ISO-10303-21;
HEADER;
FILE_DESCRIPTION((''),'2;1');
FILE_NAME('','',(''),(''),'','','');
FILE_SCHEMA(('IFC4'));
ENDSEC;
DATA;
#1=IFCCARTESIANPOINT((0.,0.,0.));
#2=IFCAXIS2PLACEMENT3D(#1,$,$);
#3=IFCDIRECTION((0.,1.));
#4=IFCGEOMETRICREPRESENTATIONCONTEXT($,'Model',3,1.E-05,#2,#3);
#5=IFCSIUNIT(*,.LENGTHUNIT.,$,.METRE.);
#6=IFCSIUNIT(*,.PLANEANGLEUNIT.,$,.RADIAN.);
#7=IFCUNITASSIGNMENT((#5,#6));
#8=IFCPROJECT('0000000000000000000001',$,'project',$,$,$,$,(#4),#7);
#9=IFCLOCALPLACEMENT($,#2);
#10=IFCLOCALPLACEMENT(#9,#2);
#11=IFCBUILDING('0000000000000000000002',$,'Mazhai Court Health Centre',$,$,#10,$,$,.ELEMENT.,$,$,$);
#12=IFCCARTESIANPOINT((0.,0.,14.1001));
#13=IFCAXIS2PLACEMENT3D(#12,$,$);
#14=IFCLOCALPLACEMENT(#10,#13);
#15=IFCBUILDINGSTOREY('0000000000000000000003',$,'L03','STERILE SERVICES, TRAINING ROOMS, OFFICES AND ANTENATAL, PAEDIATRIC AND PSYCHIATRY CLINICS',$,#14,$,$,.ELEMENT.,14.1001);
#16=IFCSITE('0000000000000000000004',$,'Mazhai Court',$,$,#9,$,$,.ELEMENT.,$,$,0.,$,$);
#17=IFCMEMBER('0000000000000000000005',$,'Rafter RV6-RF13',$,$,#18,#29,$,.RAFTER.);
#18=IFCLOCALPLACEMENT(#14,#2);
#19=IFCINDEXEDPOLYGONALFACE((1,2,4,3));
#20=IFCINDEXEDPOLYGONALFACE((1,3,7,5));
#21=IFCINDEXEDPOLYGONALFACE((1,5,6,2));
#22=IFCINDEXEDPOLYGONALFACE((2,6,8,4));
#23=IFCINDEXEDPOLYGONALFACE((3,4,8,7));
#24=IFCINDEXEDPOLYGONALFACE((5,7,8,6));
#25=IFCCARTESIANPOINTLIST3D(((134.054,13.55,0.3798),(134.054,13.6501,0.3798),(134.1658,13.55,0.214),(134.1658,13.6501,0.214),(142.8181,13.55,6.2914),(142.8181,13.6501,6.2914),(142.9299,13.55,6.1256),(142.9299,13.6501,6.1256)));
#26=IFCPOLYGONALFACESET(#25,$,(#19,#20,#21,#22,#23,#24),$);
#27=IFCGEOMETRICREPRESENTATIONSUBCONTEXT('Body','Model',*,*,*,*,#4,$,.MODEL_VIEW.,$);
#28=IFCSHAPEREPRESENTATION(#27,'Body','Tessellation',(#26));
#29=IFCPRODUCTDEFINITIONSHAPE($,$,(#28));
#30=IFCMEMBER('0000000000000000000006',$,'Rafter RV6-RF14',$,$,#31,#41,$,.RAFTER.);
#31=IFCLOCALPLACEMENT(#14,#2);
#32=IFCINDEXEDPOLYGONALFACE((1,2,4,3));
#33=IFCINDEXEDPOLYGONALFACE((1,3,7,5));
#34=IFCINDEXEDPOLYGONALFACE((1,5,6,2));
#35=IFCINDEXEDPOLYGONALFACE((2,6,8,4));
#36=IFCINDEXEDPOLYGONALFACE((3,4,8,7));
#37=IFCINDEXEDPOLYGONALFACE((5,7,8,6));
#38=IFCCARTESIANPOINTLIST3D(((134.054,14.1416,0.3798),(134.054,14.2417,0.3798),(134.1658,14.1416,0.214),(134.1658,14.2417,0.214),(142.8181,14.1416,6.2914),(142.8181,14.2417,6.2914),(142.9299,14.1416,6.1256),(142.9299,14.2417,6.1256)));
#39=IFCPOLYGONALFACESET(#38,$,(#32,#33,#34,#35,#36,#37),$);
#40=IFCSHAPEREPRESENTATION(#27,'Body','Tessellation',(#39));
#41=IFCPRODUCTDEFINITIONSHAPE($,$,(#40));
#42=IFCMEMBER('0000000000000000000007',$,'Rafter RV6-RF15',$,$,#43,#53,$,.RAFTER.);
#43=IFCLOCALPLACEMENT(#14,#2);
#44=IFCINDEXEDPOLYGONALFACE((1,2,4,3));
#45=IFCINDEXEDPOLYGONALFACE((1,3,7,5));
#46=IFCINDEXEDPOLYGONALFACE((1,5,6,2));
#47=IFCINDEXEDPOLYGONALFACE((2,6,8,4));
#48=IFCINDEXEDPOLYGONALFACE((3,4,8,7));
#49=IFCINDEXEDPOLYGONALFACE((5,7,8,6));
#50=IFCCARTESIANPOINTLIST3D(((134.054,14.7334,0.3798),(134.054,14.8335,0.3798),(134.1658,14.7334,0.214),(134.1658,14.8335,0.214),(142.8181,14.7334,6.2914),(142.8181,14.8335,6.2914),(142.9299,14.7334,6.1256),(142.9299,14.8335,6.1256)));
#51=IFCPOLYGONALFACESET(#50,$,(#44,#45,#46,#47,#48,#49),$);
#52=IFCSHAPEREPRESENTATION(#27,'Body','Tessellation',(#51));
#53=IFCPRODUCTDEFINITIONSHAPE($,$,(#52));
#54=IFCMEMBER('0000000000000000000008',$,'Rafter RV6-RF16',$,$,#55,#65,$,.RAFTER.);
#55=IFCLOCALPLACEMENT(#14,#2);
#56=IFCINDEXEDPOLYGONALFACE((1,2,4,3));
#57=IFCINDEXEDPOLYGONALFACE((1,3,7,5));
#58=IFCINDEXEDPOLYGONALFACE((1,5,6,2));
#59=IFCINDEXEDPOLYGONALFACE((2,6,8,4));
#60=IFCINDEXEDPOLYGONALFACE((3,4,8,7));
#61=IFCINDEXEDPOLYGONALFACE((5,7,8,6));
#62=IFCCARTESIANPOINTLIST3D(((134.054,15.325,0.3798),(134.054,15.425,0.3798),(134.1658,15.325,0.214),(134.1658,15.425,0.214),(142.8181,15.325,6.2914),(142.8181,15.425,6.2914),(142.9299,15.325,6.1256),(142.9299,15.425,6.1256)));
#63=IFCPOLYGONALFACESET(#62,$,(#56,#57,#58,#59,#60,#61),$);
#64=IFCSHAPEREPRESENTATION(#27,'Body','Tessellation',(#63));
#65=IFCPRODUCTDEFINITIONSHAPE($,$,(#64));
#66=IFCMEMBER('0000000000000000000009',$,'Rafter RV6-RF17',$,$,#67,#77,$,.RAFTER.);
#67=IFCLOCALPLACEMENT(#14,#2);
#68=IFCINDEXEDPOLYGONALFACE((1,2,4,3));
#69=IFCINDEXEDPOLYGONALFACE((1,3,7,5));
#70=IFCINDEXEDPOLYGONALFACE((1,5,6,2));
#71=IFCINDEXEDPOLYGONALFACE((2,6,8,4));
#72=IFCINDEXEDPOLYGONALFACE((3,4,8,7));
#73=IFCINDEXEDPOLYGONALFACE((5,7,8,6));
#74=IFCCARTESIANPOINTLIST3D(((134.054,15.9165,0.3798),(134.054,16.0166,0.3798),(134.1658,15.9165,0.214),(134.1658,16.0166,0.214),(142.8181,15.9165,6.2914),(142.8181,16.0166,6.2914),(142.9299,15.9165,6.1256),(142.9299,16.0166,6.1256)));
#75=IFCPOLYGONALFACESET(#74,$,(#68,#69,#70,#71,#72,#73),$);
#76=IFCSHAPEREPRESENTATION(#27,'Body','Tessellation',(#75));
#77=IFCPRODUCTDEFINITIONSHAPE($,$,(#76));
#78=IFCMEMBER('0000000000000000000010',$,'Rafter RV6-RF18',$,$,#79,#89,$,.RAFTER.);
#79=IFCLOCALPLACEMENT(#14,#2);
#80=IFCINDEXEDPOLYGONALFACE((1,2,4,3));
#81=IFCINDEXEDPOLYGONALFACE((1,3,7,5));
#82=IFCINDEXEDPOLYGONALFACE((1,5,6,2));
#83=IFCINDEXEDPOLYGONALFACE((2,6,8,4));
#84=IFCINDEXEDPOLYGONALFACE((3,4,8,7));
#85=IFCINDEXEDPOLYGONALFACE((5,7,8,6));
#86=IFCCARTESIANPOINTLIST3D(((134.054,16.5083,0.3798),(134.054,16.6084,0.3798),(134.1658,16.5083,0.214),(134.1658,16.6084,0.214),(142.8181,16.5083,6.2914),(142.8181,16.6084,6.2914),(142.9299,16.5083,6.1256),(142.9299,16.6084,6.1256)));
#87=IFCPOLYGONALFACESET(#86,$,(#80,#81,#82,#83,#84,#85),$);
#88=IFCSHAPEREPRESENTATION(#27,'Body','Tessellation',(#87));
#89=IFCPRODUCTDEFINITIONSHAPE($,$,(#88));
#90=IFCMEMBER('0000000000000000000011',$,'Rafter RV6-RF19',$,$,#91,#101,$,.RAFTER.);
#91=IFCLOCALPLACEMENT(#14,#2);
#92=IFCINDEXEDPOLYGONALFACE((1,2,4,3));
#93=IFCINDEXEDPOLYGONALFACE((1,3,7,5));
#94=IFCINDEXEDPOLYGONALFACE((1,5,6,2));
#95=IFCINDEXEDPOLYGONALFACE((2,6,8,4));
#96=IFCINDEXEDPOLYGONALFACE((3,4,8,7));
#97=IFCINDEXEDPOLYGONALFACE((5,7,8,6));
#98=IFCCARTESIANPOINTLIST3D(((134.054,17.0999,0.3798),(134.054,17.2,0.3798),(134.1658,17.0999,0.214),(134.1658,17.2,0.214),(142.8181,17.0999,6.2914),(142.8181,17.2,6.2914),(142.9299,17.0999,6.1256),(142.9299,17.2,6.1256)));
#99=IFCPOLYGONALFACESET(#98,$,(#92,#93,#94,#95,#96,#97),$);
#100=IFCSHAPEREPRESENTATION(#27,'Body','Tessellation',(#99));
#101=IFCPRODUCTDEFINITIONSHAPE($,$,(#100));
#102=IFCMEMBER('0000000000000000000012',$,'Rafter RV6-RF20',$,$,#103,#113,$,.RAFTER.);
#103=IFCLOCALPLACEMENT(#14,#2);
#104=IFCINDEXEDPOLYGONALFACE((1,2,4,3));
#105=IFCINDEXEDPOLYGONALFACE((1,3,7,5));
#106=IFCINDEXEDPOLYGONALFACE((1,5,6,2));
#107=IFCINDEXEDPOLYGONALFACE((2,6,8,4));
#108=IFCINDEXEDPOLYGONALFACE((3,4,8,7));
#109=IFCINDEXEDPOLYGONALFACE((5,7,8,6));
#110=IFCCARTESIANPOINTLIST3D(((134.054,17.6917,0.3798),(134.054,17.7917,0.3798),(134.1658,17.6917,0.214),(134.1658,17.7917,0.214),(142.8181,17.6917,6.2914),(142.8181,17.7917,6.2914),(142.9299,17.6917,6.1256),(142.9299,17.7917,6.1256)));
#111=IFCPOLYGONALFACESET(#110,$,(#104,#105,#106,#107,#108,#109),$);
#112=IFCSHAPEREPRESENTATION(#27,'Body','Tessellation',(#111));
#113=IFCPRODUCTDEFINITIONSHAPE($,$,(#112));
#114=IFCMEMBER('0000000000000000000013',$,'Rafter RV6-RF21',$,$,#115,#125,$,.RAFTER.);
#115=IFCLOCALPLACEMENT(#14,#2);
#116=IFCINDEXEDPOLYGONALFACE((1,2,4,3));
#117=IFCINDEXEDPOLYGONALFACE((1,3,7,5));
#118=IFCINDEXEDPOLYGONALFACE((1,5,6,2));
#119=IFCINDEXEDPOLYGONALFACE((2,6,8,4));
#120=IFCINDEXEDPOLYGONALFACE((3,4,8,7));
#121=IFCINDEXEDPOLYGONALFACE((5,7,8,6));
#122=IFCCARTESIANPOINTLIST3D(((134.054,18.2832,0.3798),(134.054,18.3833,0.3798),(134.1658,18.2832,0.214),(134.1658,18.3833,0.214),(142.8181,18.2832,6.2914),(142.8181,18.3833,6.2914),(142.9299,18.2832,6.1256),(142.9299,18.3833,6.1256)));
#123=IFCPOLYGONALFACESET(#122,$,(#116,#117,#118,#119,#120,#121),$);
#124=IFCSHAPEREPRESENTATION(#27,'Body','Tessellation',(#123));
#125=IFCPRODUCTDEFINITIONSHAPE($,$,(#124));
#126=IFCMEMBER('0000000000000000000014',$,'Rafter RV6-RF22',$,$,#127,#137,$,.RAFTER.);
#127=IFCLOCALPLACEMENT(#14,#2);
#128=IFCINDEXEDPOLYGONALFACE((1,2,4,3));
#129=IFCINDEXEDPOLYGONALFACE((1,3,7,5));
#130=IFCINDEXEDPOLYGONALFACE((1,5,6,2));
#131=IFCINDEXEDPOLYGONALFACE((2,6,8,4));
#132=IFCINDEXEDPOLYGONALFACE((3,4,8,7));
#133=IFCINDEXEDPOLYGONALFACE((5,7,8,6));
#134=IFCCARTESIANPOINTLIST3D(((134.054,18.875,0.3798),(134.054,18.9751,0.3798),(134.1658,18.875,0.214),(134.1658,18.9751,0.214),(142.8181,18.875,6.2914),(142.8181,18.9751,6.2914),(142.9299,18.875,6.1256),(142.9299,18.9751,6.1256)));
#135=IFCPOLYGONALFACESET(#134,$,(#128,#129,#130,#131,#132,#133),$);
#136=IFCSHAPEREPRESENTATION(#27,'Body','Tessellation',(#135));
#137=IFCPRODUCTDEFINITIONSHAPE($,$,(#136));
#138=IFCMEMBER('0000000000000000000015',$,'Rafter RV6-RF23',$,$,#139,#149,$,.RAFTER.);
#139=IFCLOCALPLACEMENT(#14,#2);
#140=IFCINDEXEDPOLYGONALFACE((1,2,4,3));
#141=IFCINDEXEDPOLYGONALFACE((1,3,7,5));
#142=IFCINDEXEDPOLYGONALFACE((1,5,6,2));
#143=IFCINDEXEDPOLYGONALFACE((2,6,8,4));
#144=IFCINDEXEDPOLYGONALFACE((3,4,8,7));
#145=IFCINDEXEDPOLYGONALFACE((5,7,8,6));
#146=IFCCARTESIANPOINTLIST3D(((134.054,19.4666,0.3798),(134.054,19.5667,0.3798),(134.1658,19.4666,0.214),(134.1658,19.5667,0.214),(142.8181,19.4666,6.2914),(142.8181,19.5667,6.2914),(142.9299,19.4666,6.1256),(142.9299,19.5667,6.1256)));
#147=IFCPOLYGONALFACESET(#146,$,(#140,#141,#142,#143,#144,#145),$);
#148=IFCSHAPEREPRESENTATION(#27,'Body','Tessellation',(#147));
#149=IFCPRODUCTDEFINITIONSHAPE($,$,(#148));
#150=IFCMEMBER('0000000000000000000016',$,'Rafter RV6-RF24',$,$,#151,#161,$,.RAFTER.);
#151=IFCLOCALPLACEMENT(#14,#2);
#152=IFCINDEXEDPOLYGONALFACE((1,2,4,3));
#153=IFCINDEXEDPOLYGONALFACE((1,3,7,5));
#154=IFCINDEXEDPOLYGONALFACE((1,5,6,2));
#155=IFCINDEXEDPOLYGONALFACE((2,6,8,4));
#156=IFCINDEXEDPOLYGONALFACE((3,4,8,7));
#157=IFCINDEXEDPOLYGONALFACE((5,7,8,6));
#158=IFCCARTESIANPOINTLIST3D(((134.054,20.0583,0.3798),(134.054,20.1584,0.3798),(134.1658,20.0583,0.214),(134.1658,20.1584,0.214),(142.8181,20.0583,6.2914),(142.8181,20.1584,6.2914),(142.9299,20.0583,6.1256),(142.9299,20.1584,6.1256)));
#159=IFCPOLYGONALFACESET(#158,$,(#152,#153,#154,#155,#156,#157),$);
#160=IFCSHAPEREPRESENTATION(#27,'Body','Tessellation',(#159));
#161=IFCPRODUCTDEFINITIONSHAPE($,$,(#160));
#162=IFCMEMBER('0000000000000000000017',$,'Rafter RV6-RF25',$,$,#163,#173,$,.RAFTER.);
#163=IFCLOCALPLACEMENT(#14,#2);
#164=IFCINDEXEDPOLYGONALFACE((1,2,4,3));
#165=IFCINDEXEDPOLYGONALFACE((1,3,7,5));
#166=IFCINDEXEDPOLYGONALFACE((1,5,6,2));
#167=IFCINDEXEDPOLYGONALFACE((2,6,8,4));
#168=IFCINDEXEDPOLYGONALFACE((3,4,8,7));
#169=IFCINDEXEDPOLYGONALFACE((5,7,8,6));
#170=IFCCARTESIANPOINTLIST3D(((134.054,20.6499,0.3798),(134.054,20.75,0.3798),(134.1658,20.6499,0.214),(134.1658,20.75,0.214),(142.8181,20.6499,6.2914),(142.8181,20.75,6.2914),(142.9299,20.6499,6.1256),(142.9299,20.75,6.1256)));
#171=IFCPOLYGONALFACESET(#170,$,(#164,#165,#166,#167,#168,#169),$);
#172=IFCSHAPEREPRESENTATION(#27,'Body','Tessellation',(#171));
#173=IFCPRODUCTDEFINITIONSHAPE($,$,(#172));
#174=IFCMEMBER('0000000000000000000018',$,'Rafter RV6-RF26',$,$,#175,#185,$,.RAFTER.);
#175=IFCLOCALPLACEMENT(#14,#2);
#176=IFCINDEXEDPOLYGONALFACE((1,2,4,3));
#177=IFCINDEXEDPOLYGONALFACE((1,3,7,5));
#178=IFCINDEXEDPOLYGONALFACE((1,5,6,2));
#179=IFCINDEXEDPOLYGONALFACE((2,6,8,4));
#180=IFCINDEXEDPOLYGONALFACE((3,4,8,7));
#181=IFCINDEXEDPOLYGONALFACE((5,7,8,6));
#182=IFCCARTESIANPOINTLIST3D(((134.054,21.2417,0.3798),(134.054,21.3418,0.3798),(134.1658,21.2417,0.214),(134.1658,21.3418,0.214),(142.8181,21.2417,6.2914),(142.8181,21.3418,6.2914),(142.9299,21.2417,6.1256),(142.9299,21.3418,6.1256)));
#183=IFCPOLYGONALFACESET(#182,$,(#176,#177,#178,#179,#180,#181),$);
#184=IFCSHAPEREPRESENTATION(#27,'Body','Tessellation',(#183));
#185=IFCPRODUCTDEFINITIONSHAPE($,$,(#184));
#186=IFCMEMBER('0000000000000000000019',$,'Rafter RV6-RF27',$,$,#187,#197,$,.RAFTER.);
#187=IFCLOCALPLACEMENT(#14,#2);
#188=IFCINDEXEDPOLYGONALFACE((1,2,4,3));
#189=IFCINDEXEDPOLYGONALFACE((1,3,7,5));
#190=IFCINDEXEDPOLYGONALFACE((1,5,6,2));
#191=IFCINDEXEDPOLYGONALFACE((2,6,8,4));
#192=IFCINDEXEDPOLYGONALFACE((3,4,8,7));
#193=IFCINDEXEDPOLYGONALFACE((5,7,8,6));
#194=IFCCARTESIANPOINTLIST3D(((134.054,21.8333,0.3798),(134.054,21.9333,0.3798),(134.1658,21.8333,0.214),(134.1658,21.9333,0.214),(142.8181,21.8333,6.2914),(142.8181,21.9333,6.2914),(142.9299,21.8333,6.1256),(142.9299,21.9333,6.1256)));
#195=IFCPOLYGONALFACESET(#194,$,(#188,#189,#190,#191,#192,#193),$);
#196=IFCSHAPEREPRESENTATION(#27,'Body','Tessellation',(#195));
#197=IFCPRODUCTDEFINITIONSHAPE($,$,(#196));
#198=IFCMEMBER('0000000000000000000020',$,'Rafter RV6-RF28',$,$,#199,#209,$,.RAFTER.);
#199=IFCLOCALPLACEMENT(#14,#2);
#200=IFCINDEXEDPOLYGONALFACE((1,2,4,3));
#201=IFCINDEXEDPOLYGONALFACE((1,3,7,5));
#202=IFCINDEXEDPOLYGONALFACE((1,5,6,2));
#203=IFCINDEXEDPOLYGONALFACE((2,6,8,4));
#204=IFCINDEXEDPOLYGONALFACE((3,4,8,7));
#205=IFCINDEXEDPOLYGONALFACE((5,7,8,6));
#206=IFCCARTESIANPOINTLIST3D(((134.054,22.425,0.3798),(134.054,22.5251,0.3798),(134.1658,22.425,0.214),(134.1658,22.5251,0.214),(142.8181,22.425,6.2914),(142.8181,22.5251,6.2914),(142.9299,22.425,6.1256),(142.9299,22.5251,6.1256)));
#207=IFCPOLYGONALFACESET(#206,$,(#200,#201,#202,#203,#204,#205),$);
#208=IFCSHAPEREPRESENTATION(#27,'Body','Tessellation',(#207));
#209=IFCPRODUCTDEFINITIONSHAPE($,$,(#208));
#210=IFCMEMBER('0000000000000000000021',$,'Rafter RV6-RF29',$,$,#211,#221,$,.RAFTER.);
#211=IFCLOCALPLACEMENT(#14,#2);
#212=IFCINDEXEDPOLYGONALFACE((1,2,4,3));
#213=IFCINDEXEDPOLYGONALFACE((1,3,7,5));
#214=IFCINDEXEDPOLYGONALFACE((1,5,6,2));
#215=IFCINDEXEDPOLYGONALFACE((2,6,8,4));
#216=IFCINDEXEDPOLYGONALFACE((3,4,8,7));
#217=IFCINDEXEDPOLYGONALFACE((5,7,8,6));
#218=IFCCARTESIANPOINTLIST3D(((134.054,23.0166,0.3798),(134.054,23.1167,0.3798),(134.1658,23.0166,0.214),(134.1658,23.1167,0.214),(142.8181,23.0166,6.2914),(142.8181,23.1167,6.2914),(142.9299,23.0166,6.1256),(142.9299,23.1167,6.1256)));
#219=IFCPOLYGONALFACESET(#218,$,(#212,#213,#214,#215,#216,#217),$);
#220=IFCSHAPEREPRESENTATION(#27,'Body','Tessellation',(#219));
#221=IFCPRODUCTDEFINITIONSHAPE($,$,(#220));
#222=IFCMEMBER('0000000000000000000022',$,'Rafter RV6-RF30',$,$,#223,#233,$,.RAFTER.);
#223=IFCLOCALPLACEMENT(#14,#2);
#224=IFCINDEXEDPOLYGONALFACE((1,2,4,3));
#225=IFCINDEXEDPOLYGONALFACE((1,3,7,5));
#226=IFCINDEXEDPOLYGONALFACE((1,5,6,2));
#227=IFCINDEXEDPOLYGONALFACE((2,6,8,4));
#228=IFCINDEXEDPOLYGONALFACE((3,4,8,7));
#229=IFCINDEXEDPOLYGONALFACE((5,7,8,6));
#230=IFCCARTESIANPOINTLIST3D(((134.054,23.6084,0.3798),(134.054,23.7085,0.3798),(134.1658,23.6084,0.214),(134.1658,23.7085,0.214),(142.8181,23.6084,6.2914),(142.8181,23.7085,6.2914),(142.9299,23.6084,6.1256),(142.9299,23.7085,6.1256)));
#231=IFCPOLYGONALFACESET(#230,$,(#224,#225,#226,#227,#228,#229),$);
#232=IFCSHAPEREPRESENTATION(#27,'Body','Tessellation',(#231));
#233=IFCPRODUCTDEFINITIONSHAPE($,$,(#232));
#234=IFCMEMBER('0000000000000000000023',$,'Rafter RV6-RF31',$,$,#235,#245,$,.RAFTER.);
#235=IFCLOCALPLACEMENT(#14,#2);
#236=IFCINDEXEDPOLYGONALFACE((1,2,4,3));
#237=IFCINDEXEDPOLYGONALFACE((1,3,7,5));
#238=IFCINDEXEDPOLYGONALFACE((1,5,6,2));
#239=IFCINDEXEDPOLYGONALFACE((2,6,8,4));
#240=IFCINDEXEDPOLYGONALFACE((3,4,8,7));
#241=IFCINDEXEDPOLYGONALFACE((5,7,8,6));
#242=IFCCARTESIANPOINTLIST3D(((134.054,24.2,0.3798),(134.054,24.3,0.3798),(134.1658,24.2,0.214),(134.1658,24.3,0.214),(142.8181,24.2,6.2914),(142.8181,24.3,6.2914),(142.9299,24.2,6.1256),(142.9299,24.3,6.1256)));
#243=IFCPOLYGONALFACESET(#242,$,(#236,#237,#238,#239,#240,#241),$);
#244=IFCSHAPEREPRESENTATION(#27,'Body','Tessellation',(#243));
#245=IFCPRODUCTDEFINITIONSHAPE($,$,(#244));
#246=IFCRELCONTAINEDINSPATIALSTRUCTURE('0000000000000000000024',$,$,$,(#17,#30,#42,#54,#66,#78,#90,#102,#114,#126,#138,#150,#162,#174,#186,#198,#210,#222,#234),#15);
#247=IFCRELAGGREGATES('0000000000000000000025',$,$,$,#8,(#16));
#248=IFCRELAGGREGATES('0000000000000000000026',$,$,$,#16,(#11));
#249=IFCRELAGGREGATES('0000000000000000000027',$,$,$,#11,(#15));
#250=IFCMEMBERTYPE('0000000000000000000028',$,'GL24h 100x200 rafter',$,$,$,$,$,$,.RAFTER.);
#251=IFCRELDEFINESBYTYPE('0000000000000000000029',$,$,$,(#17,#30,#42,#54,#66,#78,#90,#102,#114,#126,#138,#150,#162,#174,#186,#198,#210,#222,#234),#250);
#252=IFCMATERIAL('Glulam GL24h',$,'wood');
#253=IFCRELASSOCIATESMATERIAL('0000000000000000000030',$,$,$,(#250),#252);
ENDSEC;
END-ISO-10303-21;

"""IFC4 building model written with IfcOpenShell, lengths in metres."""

from ifc_helpers import new_model, si_unit, direction, frame, origin, origin_2d, place, context, subcontext, project, spatial, rectangle, extrude, material, material_profile, profile_set, type_object, element, save


model = new_model("IFC4")

# Units and contexts
model_context = context("Model", 3, precision=1e-05, world=origin(), true_north=direction((0.0, 1.0)))
body_context = subcontext(model_context, "Body", "Model", "MODEL_VIEW")
ifc_project = project(units=[si_unit("LENGTHUNIT", "METRE"), si_unit("PLANEANGLEUNIT", "RADIAN")], contexts=[model_context])

# Site, building, storey
site_placement = place(None, origin())
site = spatial("IfcSite", under=ifc_project, at=site_placement, Name="Mazhai Court", CompositionType="ELEMENT", RefElevation=0.0)
building_placement = place(site_placement, origin())
building = spatial("IfcBuilding", under=site, at=building_placement, Name="Mazhai Court Health Centre", CompositionType="ELEMENT")
storey_placement = place(building_placement, frame((0.0, 0.0, 14.1001)))
storey = spatial("IfcBuildingStorey", under=building, at=storey_placement, Name="L03", Description="STERILE SERVICES, TRAINING ROOMS, OFFICES AND ANTENATAL, PAEDIATRIC AND PSYCHIATRY CLINICS", CompositionType="ELEMENT", Elevation=14.1001)

# Members
ifc_material_1 = material(Name="Glulam GL24h", Category="wood")
ifc_material_profile_1 = material_profile(ifc_material_1, rectangle(XDim=0.1001, YDim=0.2, at=origin_2d()), Name="GL24h 100x200")
ifc_profile_set_1 = profile_set([ifc_material_profile_1], Name="Glulam GL24h")
member_type_1 = type_object("IfcMemberType", Name="GL24h 100x200 rafter", PredefinedType="RAFTER", material=ifc_profile_set_1)
for number, where, z_axis, x_axis, name in (
    (1, (134.1099, 13.6001, 0.2969), (0.829032, 0.0, 0.559201), (0.0, 1.0, 0.0), "Rafter RV6-RF13"),
    (2, (134.1099, 14.1917, 0.2969), (0.829032, 0.0, 0.559201), (0.0, 1.0, 0.0), "Rafter RV6-RF14"),
    (3, (134.1099, 14.7834, 0.2969), (0.829032, 0.0, 0.559201), (0.0, 1.0, 0.0), "Rafter RV6-RF15"),
    (4, (134.1099, 15.375, 0.2969), (0.829032, 0.0, 0.559201), (0.0, 1.0, 0.0), "Rafter RV6-RF16"),
    (5, (134.1099, 15.9666, 0.2969), (0.829032, 0.0, 0.559201), (0.0, 1.0, 0.0), "Rafter RV6-RF17"),
    (6, (134.1099, 16.5583, 0.2969), (0.829032, 0.0, 0.559201), (0.0, 1.0, 0.0), "Rafter RV6-RF18"),
    (7, (134.1099, 17.1499, 0.2969), (0.829032, 0.0, 0.559201), (0.0, 1.0, 0.0), "Rafter RV6-RF19"),
    (8, (134.1099, 17.7417, 0.2969), (0.829032, 0.0, 0.559201), (0.0, 1.0, 0.0), "Rafter RV6-RF20"),
    (9, (134.1099, 18.3333, 0.2969), (0.829032, 0.0, 0.559201), (0.0, 1.0, 0.0), "Rafter RV6-RF21"),
    (10, (134.1099, 18.925, 0.2969), (0.829032, 0.0, 0.559201), (0.0, 1.0, 0.0), "Rafter RV6-RF22"),
    (11, (134.1099, 19.5166, 0.2969), (0.829032, 0.0, 0.559201), (0.0, 1.0, 0.0), "Rafter RV6-RF23"),
    (12, (134.1099, 20.1084, 0.2969), (0.829032, 0.0, 0.559201), (0.0, 1.0, 0.0), "Rafter RV6-RF24"),
    (13, (134.1099, 20.7, 0.2969), (0.829032, 0.0, 0.559201), (0.0, 1.0, 0.0), "Rafter RV6-RF25"),
    (14, (134.1099, 21.2917, 0.2969), (0.829032, 0.0, 0.559201), (0.0, 1.0, 0.0), "Rafter RV6-RF26"),
    (15, (134.1099, 21.8833, 0.2969), (0.829032, 0.0, 0.559201), (0.0, 1.0, 0.0), "Rafter RV6-RF27"),
    (16, (134.1099, 22.4751, 0.2969), (0.829032, 0.0, 0.559201), (0.0, 1.0, 0.0), "Rafter RV6-RF28"),
    (17, (134.1099, 23.0667, 0.2969), (0.829032, 0.0, 0.559201), (0.0, 1.0, 0.0), "Rafter RV6-RF29"),
    (18, (134.1099, 23.6584, 0.2969), (0.829032, 0.0, 0.559201), (0.0, 1.0, 0.0), "Rafter RV6-RF30"),
    (19, (134.1099, 24.25, 0.2969), (0.829032, 0.0, 0.559201), (0.0, 1.0, 0.0), "Rafter RV6-RF31"),
):
    element("IfcMember", number, at=place(storey_placement, frame(where, z_axis=z_axis, x_axis=x_axis)), inside=storey, type_object=member_type_1, Name=name, PredefinedType="RAFTER", context=body_context, shape_type="SweptSolid", body=[
        extrude(rectangle(XDim=0.1001, YDim=0.2, at=origin_2d()), origin(), (0.0, 0.0, 1.0), 10.5715),
    ])

save(model, "model.ifc")
